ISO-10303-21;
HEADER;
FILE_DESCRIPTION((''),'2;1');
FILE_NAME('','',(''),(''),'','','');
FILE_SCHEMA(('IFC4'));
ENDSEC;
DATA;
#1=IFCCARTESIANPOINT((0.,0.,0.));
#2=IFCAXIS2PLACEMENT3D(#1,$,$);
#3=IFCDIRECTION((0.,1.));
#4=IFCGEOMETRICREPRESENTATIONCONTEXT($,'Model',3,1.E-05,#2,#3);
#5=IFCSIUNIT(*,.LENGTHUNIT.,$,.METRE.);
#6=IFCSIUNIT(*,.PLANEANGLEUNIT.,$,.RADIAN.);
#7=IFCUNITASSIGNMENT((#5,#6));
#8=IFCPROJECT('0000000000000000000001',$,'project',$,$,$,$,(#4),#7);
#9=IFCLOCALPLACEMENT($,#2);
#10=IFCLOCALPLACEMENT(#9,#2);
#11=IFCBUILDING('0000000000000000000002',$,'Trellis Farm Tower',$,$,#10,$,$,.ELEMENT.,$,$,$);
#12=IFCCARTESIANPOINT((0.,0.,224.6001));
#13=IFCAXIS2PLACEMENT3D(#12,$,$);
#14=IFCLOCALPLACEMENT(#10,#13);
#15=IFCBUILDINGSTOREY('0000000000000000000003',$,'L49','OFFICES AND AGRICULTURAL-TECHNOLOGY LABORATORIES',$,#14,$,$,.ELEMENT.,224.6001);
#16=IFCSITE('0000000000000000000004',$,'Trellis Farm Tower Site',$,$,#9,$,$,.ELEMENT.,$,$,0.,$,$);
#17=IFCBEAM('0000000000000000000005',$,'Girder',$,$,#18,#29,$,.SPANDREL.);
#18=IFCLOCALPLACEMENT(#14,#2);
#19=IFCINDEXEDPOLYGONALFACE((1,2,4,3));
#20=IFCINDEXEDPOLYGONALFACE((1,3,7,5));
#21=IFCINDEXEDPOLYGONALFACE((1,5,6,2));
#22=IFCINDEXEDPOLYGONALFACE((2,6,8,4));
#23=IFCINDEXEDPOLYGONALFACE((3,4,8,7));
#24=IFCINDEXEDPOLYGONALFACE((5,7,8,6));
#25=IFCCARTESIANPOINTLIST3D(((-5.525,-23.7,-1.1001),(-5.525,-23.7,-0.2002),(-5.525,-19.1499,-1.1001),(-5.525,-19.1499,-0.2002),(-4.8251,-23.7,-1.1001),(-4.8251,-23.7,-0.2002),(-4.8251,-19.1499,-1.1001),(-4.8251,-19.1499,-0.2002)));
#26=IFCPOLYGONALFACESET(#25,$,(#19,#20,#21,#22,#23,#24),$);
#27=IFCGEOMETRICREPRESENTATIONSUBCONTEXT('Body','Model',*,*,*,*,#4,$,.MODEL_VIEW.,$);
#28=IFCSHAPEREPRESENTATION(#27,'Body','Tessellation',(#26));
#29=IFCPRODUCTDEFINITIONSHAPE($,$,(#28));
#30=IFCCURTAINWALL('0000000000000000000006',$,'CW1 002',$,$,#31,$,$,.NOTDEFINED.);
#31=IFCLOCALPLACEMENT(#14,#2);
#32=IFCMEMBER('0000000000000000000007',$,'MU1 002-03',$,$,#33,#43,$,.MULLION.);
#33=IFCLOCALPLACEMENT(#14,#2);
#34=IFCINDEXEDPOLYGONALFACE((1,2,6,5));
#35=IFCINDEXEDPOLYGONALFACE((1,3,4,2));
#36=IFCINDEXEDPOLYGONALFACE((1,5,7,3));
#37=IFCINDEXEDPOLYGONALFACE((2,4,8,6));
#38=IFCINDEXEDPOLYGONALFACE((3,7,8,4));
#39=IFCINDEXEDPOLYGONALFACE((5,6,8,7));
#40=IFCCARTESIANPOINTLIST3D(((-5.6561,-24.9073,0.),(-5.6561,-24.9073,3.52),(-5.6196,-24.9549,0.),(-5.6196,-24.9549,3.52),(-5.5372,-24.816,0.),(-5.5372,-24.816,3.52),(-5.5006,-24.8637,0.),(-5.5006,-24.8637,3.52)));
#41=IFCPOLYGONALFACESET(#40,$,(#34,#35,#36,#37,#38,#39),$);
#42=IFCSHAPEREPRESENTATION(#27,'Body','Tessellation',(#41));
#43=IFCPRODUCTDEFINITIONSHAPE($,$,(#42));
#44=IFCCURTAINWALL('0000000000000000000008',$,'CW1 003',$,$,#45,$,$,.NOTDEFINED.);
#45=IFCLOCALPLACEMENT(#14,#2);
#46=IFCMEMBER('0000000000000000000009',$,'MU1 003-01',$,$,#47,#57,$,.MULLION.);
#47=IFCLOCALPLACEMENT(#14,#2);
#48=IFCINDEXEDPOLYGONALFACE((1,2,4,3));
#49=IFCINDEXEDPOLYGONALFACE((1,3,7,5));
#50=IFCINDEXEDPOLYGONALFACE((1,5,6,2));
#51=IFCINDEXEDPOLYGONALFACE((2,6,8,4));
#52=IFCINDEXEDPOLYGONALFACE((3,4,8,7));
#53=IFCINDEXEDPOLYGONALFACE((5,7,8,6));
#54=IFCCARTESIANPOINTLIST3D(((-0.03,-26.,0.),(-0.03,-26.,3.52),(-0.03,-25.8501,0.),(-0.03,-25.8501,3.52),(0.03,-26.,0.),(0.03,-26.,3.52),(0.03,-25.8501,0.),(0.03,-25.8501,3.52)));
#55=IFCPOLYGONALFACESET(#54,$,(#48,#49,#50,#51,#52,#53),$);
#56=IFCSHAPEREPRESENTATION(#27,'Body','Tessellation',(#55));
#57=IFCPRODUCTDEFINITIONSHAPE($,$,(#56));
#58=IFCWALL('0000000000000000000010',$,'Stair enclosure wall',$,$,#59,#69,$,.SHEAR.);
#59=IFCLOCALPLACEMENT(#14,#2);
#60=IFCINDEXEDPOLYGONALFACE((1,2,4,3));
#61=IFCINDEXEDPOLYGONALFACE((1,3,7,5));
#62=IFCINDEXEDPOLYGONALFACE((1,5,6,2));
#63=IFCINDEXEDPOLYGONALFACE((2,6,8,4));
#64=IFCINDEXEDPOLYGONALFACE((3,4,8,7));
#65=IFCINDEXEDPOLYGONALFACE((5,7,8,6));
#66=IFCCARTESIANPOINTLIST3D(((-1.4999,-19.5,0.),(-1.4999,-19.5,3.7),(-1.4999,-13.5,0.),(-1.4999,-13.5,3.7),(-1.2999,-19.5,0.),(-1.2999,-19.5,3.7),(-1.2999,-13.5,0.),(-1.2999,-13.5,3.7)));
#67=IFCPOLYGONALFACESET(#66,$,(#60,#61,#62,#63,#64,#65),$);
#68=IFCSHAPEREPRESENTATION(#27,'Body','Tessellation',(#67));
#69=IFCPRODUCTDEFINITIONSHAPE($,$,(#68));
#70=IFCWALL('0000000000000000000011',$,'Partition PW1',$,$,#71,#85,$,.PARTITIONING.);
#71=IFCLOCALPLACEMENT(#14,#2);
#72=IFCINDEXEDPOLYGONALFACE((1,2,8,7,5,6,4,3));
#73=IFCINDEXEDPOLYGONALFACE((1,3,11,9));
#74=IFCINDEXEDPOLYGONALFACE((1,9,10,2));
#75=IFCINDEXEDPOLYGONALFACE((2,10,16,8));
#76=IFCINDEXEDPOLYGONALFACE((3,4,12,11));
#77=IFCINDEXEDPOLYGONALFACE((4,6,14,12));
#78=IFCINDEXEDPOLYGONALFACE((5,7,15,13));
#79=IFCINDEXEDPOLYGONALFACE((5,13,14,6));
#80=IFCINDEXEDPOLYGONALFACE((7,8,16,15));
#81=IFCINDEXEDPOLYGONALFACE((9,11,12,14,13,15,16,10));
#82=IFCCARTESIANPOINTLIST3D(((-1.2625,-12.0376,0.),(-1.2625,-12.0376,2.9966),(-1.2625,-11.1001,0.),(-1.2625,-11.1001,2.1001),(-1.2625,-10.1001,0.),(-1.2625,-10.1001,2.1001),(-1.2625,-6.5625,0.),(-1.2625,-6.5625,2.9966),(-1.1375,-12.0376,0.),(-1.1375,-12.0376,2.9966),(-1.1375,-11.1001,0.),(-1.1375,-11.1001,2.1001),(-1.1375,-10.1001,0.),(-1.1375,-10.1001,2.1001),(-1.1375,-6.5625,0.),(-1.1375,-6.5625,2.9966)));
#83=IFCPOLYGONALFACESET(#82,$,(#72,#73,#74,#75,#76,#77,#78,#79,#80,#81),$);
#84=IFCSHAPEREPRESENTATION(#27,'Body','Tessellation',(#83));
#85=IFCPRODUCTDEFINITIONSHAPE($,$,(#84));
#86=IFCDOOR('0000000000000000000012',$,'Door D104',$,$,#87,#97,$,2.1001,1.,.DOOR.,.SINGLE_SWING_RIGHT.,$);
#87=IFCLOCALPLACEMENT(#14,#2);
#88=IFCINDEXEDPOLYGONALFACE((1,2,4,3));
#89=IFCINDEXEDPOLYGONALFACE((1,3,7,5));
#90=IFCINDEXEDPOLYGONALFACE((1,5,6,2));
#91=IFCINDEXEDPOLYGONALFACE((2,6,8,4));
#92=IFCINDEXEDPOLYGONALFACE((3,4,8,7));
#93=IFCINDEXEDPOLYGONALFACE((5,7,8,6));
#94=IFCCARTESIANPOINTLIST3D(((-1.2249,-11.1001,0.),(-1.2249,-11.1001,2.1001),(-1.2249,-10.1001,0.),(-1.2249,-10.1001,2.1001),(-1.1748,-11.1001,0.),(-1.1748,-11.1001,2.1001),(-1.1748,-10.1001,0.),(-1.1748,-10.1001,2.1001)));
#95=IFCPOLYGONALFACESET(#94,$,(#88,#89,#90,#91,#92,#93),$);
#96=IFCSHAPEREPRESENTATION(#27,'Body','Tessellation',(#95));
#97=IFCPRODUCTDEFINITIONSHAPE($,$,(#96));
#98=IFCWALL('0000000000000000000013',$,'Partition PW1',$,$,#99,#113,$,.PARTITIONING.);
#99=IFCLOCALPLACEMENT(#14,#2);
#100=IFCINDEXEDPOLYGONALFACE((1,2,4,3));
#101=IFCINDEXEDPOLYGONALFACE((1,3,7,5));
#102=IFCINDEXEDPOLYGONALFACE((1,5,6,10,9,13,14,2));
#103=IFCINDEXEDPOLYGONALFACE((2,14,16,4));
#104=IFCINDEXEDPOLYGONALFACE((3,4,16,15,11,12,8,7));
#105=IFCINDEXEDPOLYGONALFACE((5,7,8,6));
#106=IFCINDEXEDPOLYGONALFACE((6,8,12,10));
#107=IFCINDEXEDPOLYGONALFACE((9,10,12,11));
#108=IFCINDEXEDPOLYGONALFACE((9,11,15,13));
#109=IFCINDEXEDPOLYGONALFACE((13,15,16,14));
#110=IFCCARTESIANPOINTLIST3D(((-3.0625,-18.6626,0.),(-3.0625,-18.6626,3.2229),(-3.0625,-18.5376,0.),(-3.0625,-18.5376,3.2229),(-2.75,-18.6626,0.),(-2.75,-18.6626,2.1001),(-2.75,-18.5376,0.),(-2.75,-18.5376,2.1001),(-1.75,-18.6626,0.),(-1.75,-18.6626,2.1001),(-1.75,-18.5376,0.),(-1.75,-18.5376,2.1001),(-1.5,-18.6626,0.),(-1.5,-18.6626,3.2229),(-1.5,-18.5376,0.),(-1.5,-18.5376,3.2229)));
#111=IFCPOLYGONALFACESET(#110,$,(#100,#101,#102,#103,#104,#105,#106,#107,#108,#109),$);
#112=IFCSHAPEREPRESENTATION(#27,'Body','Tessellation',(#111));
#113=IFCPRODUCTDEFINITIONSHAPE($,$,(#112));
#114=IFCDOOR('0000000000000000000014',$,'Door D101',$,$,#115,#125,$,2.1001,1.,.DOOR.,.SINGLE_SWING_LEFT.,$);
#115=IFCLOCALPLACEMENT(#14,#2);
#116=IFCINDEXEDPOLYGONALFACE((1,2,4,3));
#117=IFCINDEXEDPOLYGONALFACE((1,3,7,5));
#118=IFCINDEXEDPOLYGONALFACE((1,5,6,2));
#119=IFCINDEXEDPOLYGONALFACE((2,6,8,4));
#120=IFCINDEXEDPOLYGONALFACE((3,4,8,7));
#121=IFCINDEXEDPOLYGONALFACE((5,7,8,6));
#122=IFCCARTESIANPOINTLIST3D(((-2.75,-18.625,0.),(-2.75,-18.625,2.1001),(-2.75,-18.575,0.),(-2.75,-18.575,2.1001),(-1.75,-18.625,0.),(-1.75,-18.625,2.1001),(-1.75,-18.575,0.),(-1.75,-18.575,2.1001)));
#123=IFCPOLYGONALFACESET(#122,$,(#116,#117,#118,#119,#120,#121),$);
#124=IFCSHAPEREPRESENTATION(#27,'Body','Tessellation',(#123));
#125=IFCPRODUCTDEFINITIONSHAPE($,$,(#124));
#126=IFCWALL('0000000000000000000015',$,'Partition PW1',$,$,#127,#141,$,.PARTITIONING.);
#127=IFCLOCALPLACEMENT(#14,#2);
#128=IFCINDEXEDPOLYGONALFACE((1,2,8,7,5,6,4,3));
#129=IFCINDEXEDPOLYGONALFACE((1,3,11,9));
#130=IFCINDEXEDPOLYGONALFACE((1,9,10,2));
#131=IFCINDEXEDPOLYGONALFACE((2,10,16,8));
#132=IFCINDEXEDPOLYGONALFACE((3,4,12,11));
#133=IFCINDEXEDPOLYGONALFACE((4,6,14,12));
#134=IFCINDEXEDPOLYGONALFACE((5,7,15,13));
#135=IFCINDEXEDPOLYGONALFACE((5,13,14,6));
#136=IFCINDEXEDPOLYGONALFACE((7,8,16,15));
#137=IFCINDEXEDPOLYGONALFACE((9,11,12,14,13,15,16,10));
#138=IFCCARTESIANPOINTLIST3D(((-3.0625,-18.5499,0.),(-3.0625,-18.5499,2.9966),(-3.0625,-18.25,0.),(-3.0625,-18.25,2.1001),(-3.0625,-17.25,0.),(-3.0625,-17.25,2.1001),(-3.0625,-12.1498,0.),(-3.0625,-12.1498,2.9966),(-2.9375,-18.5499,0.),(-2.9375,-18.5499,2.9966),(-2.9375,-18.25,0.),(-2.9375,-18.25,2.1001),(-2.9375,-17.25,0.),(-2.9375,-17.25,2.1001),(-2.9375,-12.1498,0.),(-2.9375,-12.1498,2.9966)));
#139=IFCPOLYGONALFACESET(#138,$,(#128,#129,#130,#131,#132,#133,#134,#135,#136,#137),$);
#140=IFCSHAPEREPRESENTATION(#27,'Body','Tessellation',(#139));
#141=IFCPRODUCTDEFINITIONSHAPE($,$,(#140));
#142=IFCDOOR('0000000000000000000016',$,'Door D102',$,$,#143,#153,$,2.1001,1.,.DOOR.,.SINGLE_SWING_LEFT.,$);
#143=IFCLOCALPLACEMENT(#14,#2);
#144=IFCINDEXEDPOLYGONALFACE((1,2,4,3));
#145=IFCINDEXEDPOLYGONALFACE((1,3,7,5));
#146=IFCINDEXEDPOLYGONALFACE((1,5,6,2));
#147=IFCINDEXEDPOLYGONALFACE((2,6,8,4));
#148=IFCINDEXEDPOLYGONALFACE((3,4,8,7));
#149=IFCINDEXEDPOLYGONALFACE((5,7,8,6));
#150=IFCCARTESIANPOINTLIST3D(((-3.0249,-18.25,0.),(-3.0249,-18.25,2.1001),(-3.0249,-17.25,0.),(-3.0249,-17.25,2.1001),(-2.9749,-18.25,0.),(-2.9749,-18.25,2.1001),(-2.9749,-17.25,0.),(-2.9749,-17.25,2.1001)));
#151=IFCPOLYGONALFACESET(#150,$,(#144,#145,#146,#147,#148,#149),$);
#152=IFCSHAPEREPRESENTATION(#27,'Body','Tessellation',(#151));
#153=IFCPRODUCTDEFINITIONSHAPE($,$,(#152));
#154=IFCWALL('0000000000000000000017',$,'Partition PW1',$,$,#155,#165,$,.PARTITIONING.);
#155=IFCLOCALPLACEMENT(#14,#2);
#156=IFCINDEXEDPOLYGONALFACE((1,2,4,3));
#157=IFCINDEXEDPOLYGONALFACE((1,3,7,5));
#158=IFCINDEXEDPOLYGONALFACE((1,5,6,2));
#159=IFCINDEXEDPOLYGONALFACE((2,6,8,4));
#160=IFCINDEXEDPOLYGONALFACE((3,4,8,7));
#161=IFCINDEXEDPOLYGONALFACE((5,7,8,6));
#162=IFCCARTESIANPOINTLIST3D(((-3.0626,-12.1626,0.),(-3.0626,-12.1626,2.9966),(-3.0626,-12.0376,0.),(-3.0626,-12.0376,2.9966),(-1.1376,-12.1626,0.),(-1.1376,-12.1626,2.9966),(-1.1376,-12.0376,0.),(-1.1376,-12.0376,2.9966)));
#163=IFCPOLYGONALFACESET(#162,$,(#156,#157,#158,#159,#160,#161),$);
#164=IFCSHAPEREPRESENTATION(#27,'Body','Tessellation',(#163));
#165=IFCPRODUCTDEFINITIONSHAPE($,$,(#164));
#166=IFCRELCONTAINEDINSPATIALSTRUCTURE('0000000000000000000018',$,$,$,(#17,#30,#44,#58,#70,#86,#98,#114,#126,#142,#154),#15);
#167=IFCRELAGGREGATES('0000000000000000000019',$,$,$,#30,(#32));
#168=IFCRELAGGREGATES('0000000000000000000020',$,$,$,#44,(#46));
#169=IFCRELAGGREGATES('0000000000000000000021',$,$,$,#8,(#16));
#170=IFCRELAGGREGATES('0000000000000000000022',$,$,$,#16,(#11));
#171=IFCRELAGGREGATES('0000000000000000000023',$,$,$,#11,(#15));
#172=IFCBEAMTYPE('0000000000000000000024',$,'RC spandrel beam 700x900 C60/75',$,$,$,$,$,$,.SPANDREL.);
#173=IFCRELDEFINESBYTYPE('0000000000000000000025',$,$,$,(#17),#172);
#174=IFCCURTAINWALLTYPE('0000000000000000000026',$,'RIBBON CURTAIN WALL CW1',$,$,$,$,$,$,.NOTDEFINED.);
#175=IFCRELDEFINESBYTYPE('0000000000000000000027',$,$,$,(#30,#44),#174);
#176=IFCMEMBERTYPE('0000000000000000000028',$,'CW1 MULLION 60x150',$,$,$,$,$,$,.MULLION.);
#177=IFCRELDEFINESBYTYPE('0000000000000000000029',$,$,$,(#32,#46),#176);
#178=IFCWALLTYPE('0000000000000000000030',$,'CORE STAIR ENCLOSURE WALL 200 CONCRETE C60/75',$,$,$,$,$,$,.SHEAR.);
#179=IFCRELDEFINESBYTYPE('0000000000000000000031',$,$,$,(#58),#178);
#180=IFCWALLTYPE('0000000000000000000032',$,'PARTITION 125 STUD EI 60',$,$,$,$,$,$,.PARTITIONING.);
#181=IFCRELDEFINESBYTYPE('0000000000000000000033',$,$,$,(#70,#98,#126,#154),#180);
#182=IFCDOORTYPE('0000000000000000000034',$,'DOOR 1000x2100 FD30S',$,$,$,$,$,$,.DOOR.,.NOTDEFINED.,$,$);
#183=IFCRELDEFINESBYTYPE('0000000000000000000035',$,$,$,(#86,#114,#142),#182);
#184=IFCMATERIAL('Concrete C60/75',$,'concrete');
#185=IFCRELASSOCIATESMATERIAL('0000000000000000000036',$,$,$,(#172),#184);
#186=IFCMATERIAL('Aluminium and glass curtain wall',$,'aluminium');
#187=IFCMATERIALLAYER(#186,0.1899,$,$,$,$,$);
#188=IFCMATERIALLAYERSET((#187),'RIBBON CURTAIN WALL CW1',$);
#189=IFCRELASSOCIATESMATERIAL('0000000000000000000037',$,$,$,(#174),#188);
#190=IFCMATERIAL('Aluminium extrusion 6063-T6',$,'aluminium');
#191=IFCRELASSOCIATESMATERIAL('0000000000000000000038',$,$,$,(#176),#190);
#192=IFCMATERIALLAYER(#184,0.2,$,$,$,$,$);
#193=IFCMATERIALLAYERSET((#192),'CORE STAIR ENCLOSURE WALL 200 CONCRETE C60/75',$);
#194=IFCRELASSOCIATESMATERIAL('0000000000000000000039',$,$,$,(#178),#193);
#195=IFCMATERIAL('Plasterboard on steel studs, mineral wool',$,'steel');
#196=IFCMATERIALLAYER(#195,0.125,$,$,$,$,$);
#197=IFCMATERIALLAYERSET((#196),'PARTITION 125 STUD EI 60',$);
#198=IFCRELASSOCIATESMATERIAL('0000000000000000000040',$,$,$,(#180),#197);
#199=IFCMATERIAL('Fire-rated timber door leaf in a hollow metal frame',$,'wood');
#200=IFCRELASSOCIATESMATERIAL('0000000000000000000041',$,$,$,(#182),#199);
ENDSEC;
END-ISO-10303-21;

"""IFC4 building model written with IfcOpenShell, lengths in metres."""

from ifc_helpers import new_model, si_unit, direction, frame, frame_2d, origin, origin_2d, place, context, subcontext, project, spatial, rectangle, extrude, source, transform, mapped, material, layer, layer_set, material_profile, profile_set, type_object, element, fill, aggregate, save


model = new_model("IFC4")

# Units and contexts
model_context = context("Model", 3, precision=1e-05, world=origin(), true_north=direction((0.0, 1.0)))
body_context = subcontext(model_context, "Body", "Model", "MODEL_VIEW")
ifc_project = project(units=[si_unit("LENGTHUNIT", "METRE"), si_unit("PLANEANGLEUNIT", "RADIAN")], contexts=[model_context])

# Site, building, storey
site_placement = place(None, origin())
site = spatial("IfcSite", under=ifc_project, at=site_placement, Name="Trellis Farm Tower Site", CompositionType="ELEMENT", RefElevation=0.0)
building_placement = place(site_placement, origin())
building = spatial("IfcBuilding", under=site, at=building_placement, Name="Trellis Farm Tower", CompositionType="ELEMENT")
storey_placement = place(building_placement, frame((0.0, 0.0, 224.6001)))
storey = spatial("IfcBuildingStorey", under=building, at=storey_placement, Name="L49", Description="OFFICES AND AGRICULTURAL-TECHNOLOGY LABORATORIES", CompositionType="ELEMENT", Elevation=224.6001)

# Shared definitions
ifc_material_1 = material(Name="Concrete C60/75", Category="concrete")

# Beam
ifc_material_profile_1 = material_profile(ifc_material_1, rectangle(XDim=0.7, YDim=0.8999, at=origin_2d()), Name="RC spandrel beam 700x900 C60/75")
ifc_profile_set_1 = profile_set([ifc_material_profile_1], Name="Concrete C60/75")
beam_type_1 = type_object("IfcBeamType", Name="RC spandrel beam 700x900 C60/75", PredefinedType="SPANDREL", material=ifc_profile_set_1)
shared_shape_1 = source(origin(), body_context, "Body", "SweptSolid", [
    extrude(rectangle(XDim=0.7, YDim=0.8999, at=origin_2d()), origin(), (0.0, 0.0, 1.0), 4.55),
])
beam_1_placement = place(storey_placement, frame((-5.175, -23.7, -0.6501), z_axis=(0.0, 1.0, 0.0), x_axis=(-1.0, 0.0, 0.0)))
element("IfcBeam", 1, at=beam_1_placement, inside=storey, type_object=beam_type_1, Name="Girder", PredefinedType="SPANDREL", context=body_context, shape_type="MappedRepresentation", body=[
    mapped(shared_shape_1, transform((0.0, 0.0, 0.0))),
])

# Curtain walls, members
ifc_material_2 = material(Name="Aluminium and glass curtain wall", Category="aluminium")
ifc_layer_1 = layer(ifc_material_2, 0.1899)
ifc_layer_set_1 = layer_set([ifc_layer_1], Name="RIBBON CURTAIN WALL CW1")
curtain_wall_type = type_object("IfcCurtainWallType", Name="RIBBON CURTAIN WALL CW1", PredefinedType="NOTDEFINED", material=ifc_layer_set_1)
placement = place(storey_placement, origin())
curtain_wall_1 = element("IfcCurtainWall", 2, at=placement, inside=storey, type_object=curtain_wall_type, Name="CW1 002", PredefinedType="NOTDEFINED")
ifc_material_3 = material(Name="Aluminium extrusion 6063-T6", Category="aluminium")
ifc_material_profile_2 = material_profile(ifc_material_3, rectangle(XDim=0.0601, YDim=0.1499, at=origin_2d()), Name="MULLION 60x150")
ifc_profile_set_2 = profile_set([ifc_material_profile_2], Name="Aluminium extrusion 6063-T6")
member_type = type_object("IfcMemberType", Name="CW1 MULLION 60x150", PredefinedType="MULLION", material=ifc_profile_set_2)
shared_shape_2 = source(origin(), body_context, "Body", "SweptSolid", [
    extrude(rectangle(XDim=0.0601, YDim=0.1499, at=origin_2d()), origin(), (0.0, 0.0, 1.0), 3.52),
])
member_1_placement = place(storey_placement, frame((-5.5784, -24.8855, 0.0), z_axis=(0.0, 0.0, 1.0), x_axis=(0.608761, -0.793353, 0.0)))
member_1 = element("IfcMember", 3, at=member_1_placement, type_object=member_type, Name="MU1 002-03", PredefinedType="MULLION", context=body_context, shape_type="MappedRepresentation", body=[
    mapped(shared_shape_2, transform((0.0, 0.0, 0.0))),
])
aggregate(curtain_wall_1, [member_1])
curtain_wall_2 = element("IfcCurtainWall", 4, at=placement, inside=storey, type_object=curtain_wall_type, Name="CW1 003", PredefinedType="NOTDEFINED")
member_2_placement = place(storey_placement, frame((0.0, -25.925, 0.0), z_axis=(0.0, 0.0, 1.0), x_axis=(1.0, 0.0, 0.0)))
member_2 = element("IfcMember", 5, at=member_2_placement, type_object=member_type, Name="MU1 003-01", PredefinedType="MULLION", context=body_context, shape_type="MappedRepresentation", body=[
    mapped(shared_shape_2, transform((0.0, 0.0, 0.0))),
])
aggregate(curtain_wall_2, [member_2])

# Wall
ifc_layer_2 = layer(ifc_material_1, 0.2)
ifc_layer_set_2 = layer_set([ifc_layer_2], Name="CORE STAIR ENCLOSURE WALL 200 CONCRETE C60/75")
wall_type_1 = type_object("IfcWallType", Name="CORE STAIR ENCLOSURE WALL 200 CONCRETE C60/75", PredefinedType="SHEAR", material=ifc_layer_set_2)
shared_shape_3 = source(origin(), body_context, "Body", "SweptSolid", [
    extrude(rectangle(XDim=6.0, YDim=0.2, at=frame_2d((3.0, 0.0))), origin(), (0.0, 0.0, 1.0), 3.7),
])
wall_1_placement = place(storey_placement, frame((-1.3999, -13.5, 0.0), z_axis=(0.0, 0.0, 1.0), x_axis=(0.0, -1.0, 0.0)))
element("IfcWall", 6, at=wall_1_placement, inside=storey, type_object=wall_type_1, Name="Stair enclosure wall", PredefinedType="SHEAR", context=body_context, shape_type="MappedRepresentation", body=[
    mapped(shared_shape_3, transform((0.0, 0.0, 0.0))),
])

# Walls, openings, doors
ifc_material_4 = material(Name="Plasterboard on steel studs, mineral wool", Category="steel")
ifc_layer_3 = layer(ifc_material_4, 0.125)
ifc_layer_set_3 = layer_set([ifc_layer_3], Name="PARTITION 125 STUD EI 60")
wall_type_2 = type_object("IfcWallType", Name="PARTITION 125 STUD EI 60", PredefinedType="PARTITIONING", material=ifc_layer_set_3)
shared_shape_4 = source(origin(), body_context, "Body", "SweptSolid", [
    extrude(rectangle(XDim=5.4751, YDim=0.125, at=frame_2d((2.7375, 0.0))), origin(), (0.0, 0.0, 1.0), 2.9966),
])
wall_2_placement = place(storey_placement, frame((-1.2, -12.0376, 0.0), z_axis=(0.0, 0.0, 1.0), x_axis=(0.0, 1.0, 0.0)))
wall_2 = element("IfcWall", 7, at=wall_2_placement, inside=storey, type_object=wall_type_2, Name="Partition PW1", PredefinedType="PARTITIONING", context=body_context, shape_type="MappedRepresentation", body=[
    mapped(shared_shape_4, transform((0.0, 0.0, 0.0))),
])
shared_shape_5 = source(origin(), body_context, "Body", "SweptSolid", [
    extrude(rectangle(XDim=1.0, YDim=2.1001, at=frame_2d((0.5, 1.05))), frame((0.0, 0.0725, 0.0), z_axis=(0.0, -1.0, 0.0), x_axis=(1.0, 0.0, 0.0)), (0.0, 0.0, 1.0), 0.145),
])
opening_1_placement = place(wall_2_placement, frame((0.9375, 0.0, 0.0)))
opening_1 = element("IfcOpeningElement", 8, at=opening_1_placement, cuts=wall_2, PredefinedType="OPENING", context=body_context, shape_type="MappedRepresentation", body=[
    mapped(shared_shape_5, transform((0.0, 0.0, 0.0))),
])
ifc_material_5 = material(Name="Fire-rated timber door leaf in a hollow metal frame", Category="wood")
door_type = type_object("IfcDoorType", Name="DOOR 1000x2100 FD30S", OperationType="NOTDEFINED", PredefinedType="DOOR", material=ifc_material_5)
shared_shape_6 = source(origin(), body_context, "Body", "SweptSolid", [
    extrude(rectangle(XDim=1.0, YDim=2.1001, at=frame_2d((0.5, 1.05))), frame((0.0, 0.0249, 0.0), z_axis=(0.0, -1.0, 0.0), x_axis=(1.0, 0.0, 0.0)), (0.0, 0.0, 1.0), 0.05),
])
door_1_placement = place(opening_1_placement, origin())
door_1 = element("IfcDoor", 9, at=door_1_placement, inside=storey, type_object=door_type, Name="Door D104", OperationType="SINGLE_SWING_RIGHT", OverallHeight=2.1001, OverallWidth=1.0, PredefinedType="DOOR", context=body_context, shape_type="MappedRepresentation", body=[
    mapped(shared_shape_6, transform((0.0, 0.0, 0.0))),
])
fill(opening_1, door_1)
shared_shape_7 = source(origin(), body_context, "Body", "SweptSolid", [
    extrude(rectangle(XDim=1.5625, YDim=0.125, at=frame_2d((0.7812, 0.0))), origin(), (0.0, 0.0, 1.0), 3.2229),
])
wall_3_placement = place(storey_placement, frame((-1.5, -18.6001, 0.0), z_axis=(0.0, 0.0, 1.0), x_axis=(-1.0, 0.0, 0.0)))
wall_3 = element("IfcWall", 10, at=wall_3_placement, inside=storey, type_object=wall_type_2, Name="Partition PW1", PredefinedType="PARTITIONING", context=body_context, shape_type="MappedRepresentation", body=[
    mapped(shared_shape_7, transform((0.0, 0.0, 0.0))),
])
opening_2_placement = place(wall_3_placement, frame((0.25, 0.0, 0.0)))
opening_2 = element("IfcOpeningElement", 11, at=opening_2_placement, cuts=wall_3, PredefinedType="OPENING", context=body_context, shape_type="MappedRepresentation", body=[
    mapped(shared_shape_5, transform((0.0, 0.0, 0.0))),
])
door_2_placement = place(opening_2_placement, origin())
door_2 = element("IfcDoor", 12, at=door_2_placement, inside=storey, type_object=door_type, Name="Door D101", OperationType="SINGLE_SWING_LEFT", OverallHeight=2.1001, OverallWidth=1.0, PredefinedType="DOOR", context=body_context, shape_type="MappedRepresentation", body=[
    mapped(shared_shape_6, transform((0.0, 0.0, 0.0))),
])
fill(opening_2, door_2)
shared_shape_8 = source(origin(), body_context, "Body", "SweptSolid", [
    extrude(rectangle(XDim=6.4001, YDim=0.125, at=frame_2d((3.2002, 0.0))), origin(), (0.0, 0.0, 1.0), 2.9966),
])
wall_4_placement = place(storey_placement, frame((-3.0, -18.55, 0.0), z_axis=(0.0, 0.0, 1.0), x_axis=(0.0, 1.0, 0.0)))
wall_4 = element("IfcWall", 13, at=wall_4_placement, inside=storey, type_object=wall_type_2, Name="Partition PW1", PredefinedType="PARTITIONING", context=body_context, shape_type="MappedRepresentation", body=[
    mapped(shared_shape_8, transform((0.0, 0.0, 0.0))),
])
opening_3_placement = place(wall_4_placement, frame((0.3, 0.0, 0.0)))
opening_3 = element("IfcOpeningElement", 14, at=opening_3_placement, cuts=wall_4, PredefinedType="OPENING", context=body_context, shape_type="MappedRepresentation", body=[
    mapped(shared_shape_5, transform((0.0, 0.0, 0.0))),
])
door_3_placement = place(opening_3_placement, origin())
door_3 = element("IfcDoor", 15, at=door_3_placement, inside=storey, type_object=door_type, Name="Door D102", OperationType="SINGLE_SWING_LEFT", OverallHeight=2.1001, OverallWidth=1.0, PredefinedType="DOOR", context=body_context, shape_type="MappedRepresentation", body=[
    mapped(shared_shape_6, transform((0.0, 0.0, 0.0))),
])
fill(opening_3, door_3)

# Wall
shared_shape_9 = source(origin(), body_context, "Body", "SweptSolid", [
    extrude(rectangle(XDim=1.925, YDim=0.125, at=frame_2d((0.9624, 0.0))), origin(), (0.0, 0.0, 1.0), 2.9966),
])
wall_5_placement = place(storey_placement, frame((-3.0625, -12.1001, 0.0), z_axis=(0.0, 0.0, 1.0), x_axis=(1.0, 0.0, 0.0)))
element("IfcWall", 16, at=wall_5_placement, inside=storey, type_object=wall_type_2, Name="Partition PW1", PredefinedType="PARTITIONING", context=body_context, shape_type="MappedRepresentation", body=[
    mapped(shared_shape_9, transform((0.0, 0.0, 0.0))),
])

save(model, "model.ifc")
